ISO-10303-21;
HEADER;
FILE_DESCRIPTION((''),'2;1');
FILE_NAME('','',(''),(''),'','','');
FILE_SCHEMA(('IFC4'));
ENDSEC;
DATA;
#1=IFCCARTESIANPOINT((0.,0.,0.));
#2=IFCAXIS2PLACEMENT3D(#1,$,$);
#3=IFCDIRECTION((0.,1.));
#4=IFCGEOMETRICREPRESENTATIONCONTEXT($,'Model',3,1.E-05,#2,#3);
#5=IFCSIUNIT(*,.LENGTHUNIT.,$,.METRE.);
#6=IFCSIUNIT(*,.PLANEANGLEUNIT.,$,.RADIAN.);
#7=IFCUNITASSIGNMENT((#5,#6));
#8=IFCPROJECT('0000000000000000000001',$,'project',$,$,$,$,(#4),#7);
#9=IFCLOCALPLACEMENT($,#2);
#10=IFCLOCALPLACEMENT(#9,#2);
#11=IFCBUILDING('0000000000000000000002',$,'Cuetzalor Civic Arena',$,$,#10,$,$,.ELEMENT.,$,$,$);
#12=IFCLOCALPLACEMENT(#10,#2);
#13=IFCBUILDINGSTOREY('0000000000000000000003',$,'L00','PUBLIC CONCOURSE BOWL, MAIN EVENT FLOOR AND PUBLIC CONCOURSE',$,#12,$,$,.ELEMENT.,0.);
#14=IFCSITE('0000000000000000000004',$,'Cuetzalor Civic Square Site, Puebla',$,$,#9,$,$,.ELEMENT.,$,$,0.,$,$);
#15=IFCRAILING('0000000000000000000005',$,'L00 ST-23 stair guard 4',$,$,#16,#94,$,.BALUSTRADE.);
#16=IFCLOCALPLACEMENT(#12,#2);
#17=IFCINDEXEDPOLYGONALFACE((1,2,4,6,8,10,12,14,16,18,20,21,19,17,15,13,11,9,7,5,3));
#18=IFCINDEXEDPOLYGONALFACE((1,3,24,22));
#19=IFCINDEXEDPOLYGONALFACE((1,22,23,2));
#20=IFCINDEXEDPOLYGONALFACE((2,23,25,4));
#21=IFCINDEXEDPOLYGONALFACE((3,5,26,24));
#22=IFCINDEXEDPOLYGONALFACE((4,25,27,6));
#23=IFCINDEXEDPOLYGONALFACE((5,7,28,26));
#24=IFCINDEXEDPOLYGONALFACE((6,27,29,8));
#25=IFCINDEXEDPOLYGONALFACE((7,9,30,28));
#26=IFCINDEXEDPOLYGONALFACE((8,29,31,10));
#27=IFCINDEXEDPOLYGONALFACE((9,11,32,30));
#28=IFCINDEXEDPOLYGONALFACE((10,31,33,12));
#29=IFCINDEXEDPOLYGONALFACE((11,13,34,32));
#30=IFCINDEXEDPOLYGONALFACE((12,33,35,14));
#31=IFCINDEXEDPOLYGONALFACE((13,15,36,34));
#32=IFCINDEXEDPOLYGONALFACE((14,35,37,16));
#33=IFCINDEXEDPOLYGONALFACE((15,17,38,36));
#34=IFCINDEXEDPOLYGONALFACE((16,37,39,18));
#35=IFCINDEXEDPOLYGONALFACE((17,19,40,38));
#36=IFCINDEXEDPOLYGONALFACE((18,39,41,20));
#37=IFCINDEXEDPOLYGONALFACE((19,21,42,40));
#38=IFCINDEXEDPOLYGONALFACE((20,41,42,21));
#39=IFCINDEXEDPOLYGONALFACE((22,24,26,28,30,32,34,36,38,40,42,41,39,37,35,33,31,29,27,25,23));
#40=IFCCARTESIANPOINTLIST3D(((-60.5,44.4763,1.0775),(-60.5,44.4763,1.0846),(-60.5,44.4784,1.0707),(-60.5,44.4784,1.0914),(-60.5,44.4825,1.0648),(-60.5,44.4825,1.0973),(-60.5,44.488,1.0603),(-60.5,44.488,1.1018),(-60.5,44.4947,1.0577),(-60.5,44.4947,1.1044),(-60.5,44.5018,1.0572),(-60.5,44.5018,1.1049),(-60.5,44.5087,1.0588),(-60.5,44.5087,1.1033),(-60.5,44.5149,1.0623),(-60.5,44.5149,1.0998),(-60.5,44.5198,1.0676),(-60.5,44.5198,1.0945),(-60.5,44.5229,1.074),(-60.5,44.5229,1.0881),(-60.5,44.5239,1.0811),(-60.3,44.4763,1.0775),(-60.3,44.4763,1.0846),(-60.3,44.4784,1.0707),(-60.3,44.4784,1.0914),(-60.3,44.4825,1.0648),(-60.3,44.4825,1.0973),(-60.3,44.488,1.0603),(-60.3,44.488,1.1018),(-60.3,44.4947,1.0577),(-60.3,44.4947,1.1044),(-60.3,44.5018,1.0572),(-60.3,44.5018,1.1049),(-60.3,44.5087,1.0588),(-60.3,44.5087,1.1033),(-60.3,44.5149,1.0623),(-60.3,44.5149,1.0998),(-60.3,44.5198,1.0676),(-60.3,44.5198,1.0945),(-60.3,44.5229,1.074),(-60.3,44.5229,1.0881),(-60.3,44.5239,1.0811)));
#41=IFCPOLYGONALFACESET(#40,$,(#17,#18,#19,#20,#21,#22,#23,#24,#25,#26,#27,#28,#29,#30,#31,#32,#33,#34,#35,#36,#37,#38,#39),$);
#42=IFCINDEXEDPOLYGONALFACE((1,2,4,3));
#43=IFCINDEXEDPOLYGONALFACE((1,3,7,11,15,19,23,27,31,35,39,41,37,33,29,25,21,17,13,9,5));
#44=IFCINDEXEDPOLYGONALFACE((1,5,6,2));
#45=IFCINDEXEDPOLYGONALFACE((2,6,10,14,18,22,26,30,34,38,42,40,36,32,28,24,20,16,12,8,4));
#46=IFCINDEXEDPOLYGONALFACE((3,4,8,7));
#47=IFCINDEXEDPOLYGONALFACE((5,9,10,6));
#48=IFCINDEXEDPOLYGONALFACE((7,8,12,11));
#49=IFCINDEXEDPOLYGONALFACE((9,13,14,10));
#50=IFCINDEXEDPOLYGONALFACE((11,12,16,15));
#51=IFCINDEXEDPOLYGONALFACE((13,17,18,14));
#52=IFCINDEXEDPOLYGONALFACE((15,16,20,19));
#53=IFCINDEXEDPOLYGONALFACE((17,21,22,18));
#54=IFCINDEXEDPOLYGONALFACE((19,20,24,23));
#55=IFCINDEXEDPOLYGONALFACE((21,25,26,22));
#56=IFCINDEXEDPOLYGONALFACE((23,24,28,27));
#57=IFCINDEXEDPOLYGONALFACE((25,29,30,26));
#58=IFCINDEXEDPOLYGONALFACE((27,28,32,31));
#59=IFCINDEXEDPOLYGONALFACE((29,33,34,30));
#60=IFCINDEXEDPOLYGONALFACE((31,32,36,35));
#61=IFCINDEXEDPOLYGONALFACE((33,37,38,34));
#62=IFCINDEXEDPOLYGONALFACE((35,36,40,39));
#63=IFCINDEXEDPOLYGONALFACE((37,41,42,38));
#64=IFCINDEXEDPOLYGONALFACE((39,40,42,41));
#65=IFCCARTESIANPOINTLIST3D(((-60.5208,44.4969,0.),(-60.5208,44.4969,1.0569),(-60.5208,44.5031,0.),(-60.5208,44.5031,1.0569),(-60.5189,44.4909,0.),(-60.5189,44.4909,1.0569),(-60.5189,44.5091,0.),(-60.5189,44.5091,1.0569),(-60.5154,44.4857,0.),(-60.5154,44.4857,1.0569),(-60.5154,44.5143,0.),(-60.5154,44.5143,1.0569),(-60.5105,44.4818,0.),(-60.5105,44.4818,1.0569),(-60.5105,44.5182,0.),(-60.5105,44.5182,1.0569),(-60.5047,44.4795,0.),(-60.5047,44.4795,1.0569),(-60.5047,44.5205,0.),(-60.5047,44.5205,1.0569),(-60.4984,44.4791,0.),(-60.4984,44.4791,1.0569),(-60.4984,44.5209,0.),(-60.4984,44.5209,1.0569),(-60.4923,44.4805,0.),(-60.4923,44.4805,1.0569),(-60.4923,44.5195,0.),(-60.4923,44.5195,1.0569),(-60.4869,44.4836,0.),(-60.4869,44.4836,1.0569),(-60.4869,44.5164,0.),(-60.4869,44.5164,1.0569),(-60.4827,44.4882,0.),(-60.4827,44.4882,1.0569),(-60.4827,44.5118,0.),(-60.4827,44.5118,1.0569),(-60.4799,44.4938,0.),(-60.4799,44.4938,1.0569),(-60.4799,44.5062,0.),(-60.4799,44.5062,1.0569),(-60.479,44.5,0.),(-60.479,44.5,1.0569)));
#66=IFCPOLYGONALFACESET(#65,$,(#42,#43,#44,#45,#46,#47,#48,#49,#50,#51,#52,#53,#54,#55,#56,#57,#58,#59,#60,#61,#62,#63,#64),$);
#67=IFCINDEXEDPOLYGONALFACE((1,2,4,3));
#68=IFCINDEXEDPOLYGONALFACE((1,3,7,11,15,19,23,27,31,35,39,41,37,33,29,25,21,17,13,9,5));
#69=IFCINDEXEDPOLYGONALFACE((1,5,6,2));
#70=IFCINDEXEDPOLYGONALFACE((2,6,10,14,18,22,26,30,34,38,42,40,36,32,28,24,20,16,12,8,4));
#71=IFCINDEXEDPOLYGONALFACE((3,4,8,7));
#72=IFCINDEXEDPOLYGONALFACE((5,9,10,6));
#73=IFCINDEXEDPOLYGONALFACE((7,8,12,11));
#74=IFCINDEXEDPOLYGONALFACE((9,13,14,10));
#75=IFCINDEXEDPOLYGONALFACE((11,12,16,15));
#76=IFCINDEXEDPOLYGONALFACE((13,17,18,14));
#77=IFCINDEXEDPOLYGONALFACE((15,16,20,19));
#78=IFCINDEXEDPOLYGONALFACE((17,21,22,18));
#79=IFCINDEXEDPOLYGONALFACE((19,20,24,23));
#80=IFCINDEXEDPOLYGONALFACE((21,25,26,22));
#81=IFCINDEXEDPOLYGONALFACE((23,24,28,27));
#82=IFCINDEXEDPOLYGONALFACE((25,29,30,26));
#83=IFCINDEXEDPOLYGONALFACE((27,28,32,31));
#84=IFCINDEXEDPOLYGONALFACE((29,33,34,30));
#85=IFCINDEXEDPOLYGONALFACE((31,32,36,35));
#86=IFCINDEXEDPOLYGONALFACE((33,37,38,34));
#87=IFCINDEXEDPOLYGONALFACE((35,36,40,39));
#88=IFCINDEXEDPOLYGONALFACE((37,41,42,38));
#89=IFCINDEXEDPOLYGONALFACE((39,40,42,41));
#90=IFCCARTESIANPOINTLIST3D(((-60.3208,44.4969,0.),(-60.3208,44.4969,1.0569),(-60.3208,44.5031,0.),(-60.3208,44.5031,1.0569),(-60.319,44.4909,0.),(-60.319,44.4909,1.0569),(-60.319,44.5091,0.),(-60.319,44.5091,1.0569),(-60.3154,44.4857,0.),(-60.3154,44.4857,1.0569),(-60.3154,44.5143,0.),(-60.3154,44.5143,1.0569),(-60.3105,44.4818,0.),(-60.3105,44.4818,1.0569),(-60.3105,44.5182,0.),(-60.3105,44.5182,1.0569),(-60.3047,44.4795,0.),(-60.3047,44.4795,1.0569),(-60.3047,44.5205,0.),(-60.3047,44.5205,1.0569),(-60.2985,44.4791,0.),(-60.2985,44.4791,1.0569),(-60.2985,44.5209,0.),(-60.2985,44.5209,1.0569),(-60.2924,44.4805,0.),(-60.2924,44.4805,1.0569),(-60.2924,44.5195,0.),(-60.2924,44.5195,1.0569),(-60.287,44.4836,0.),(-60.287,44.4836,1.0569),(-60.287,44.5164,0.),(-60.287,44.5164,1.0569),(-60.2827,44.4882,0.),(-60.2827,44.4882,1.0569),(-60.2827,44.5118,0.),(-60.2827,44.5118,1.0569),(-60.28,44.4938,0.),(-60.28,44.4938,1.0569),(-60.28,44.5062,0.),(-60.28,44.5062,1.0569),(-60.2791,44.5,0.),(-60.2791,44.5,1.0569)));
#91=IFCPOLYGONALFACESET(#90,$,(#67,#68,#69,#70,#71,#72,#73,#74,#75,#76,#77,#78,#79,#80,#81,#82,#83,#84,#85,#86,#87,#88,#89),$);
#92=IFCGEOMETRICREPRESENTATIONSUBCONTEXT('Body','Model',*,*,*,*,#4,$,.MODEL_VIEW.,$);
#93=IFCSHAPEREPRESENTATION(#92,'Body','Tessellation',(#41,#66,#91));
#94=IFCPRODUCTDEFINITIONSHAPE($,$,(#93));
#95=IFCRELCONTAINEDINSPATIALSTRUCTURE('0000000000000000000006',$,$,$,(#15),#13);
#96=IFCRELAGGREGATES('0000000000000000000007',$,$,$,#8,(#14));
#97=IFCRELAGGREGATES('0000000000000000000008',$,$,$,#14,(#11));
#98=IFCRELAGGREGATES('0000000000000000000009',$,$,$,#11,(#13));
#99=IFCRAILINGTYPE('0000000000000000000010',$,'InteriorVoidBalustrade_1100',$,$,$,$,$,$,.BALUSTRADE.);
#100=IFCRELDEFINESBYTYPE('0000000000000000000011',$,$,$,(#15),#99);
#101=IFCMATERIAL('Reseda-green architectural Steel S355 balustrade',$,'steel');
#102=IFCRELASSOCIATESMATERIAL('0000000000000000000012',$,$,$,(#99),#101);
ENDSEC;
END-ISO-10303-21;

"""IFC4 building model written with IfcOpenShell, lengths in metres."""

from ifc_helpers import new_model, si_unit, direction, frame, origin, origin_2d, place, context, subcontext, project, spatial, circle, extrude, material, type_object, element, save


model = new_model("IFC4")

# Units and contexts
model_context = context("Model", 3, precision=1e-05, world=origin(), true_north=direction((0.0, 1.0)))
body_context = subcontext(model_context, "Body", "Model", "MODEL_VIEW")
ifc_project = project(units=[si_unit("LENGTHUNIT", "METRE"), si_unit("PLANEANGLEUNIT", "RADIAN")], contexts=[model_context])

# Site, building, storey
site_placement = place(None, origin())
site = spatial("IfcSite", under=ifc_project, at=site_placement, Name="Cuetzalor Civic Square Site, Puebla", CompositionType="ELEMENT", RefElevation=0.0)
building_placement = place(site_placement, origin())
building = spatial("IfcBuilding", under=site, at=building_placement, Name="Cuetzalor Civic Arena", CompositionType="ELEMENT")
storey_placement = place(building_placement, origin())
storey = spatial("IfcBuildingStorey", under=building, at=storey_placement, Name="L00", Description="PUBLIC CONCOURSE BOWL, MAIN EVENT FLOOR AND PUBLIC CONCOURSE", CompositionType="ELEMENT", Elevation=0.0)

# Railing
ifc_material_1 = material(Name="Reseda-green architectural Steel S355 balustrade", Category="steel")
railing_type = type_object("IfcRailingType", Name="InteriorVoidBalustrade_1100", PredefinedType="BALUSTRADE", material=ifc_material_1)
railing_1_placement = place(storey_placement, frame((-60.5, 44.5, 0.0)))
element("IfcRailing", 1, at=railing_1_placement, inside=storey, type_object=railing_type, Name="L00 ST-23 stair guard 4", PredefinedType="BALUSTRADE", context=body_context, shape_type="SweptSolid", body=[
    extrude(circle(Radius=0.0239, at=origin_2d()), frame((0.0, 0.0, 1.0811), z_axis=(1.0, 0.0, 0.0), x_axis=(0.0, 1.0, 0.0)), (0.0, 0.0, 1.0), 0.2),
    extrude(circle(Radius=0.021, at=origin_2d()), origin(), (0.0, 0.0, 1.0), 1.0569),
    extrude(circle(Radius=0.021, at=origin_2d()), frame((0.2, 0.0, 0.0)), (0.0, 0.0, 1.0), 1.0569),
])

save(model, "model.ifc")
